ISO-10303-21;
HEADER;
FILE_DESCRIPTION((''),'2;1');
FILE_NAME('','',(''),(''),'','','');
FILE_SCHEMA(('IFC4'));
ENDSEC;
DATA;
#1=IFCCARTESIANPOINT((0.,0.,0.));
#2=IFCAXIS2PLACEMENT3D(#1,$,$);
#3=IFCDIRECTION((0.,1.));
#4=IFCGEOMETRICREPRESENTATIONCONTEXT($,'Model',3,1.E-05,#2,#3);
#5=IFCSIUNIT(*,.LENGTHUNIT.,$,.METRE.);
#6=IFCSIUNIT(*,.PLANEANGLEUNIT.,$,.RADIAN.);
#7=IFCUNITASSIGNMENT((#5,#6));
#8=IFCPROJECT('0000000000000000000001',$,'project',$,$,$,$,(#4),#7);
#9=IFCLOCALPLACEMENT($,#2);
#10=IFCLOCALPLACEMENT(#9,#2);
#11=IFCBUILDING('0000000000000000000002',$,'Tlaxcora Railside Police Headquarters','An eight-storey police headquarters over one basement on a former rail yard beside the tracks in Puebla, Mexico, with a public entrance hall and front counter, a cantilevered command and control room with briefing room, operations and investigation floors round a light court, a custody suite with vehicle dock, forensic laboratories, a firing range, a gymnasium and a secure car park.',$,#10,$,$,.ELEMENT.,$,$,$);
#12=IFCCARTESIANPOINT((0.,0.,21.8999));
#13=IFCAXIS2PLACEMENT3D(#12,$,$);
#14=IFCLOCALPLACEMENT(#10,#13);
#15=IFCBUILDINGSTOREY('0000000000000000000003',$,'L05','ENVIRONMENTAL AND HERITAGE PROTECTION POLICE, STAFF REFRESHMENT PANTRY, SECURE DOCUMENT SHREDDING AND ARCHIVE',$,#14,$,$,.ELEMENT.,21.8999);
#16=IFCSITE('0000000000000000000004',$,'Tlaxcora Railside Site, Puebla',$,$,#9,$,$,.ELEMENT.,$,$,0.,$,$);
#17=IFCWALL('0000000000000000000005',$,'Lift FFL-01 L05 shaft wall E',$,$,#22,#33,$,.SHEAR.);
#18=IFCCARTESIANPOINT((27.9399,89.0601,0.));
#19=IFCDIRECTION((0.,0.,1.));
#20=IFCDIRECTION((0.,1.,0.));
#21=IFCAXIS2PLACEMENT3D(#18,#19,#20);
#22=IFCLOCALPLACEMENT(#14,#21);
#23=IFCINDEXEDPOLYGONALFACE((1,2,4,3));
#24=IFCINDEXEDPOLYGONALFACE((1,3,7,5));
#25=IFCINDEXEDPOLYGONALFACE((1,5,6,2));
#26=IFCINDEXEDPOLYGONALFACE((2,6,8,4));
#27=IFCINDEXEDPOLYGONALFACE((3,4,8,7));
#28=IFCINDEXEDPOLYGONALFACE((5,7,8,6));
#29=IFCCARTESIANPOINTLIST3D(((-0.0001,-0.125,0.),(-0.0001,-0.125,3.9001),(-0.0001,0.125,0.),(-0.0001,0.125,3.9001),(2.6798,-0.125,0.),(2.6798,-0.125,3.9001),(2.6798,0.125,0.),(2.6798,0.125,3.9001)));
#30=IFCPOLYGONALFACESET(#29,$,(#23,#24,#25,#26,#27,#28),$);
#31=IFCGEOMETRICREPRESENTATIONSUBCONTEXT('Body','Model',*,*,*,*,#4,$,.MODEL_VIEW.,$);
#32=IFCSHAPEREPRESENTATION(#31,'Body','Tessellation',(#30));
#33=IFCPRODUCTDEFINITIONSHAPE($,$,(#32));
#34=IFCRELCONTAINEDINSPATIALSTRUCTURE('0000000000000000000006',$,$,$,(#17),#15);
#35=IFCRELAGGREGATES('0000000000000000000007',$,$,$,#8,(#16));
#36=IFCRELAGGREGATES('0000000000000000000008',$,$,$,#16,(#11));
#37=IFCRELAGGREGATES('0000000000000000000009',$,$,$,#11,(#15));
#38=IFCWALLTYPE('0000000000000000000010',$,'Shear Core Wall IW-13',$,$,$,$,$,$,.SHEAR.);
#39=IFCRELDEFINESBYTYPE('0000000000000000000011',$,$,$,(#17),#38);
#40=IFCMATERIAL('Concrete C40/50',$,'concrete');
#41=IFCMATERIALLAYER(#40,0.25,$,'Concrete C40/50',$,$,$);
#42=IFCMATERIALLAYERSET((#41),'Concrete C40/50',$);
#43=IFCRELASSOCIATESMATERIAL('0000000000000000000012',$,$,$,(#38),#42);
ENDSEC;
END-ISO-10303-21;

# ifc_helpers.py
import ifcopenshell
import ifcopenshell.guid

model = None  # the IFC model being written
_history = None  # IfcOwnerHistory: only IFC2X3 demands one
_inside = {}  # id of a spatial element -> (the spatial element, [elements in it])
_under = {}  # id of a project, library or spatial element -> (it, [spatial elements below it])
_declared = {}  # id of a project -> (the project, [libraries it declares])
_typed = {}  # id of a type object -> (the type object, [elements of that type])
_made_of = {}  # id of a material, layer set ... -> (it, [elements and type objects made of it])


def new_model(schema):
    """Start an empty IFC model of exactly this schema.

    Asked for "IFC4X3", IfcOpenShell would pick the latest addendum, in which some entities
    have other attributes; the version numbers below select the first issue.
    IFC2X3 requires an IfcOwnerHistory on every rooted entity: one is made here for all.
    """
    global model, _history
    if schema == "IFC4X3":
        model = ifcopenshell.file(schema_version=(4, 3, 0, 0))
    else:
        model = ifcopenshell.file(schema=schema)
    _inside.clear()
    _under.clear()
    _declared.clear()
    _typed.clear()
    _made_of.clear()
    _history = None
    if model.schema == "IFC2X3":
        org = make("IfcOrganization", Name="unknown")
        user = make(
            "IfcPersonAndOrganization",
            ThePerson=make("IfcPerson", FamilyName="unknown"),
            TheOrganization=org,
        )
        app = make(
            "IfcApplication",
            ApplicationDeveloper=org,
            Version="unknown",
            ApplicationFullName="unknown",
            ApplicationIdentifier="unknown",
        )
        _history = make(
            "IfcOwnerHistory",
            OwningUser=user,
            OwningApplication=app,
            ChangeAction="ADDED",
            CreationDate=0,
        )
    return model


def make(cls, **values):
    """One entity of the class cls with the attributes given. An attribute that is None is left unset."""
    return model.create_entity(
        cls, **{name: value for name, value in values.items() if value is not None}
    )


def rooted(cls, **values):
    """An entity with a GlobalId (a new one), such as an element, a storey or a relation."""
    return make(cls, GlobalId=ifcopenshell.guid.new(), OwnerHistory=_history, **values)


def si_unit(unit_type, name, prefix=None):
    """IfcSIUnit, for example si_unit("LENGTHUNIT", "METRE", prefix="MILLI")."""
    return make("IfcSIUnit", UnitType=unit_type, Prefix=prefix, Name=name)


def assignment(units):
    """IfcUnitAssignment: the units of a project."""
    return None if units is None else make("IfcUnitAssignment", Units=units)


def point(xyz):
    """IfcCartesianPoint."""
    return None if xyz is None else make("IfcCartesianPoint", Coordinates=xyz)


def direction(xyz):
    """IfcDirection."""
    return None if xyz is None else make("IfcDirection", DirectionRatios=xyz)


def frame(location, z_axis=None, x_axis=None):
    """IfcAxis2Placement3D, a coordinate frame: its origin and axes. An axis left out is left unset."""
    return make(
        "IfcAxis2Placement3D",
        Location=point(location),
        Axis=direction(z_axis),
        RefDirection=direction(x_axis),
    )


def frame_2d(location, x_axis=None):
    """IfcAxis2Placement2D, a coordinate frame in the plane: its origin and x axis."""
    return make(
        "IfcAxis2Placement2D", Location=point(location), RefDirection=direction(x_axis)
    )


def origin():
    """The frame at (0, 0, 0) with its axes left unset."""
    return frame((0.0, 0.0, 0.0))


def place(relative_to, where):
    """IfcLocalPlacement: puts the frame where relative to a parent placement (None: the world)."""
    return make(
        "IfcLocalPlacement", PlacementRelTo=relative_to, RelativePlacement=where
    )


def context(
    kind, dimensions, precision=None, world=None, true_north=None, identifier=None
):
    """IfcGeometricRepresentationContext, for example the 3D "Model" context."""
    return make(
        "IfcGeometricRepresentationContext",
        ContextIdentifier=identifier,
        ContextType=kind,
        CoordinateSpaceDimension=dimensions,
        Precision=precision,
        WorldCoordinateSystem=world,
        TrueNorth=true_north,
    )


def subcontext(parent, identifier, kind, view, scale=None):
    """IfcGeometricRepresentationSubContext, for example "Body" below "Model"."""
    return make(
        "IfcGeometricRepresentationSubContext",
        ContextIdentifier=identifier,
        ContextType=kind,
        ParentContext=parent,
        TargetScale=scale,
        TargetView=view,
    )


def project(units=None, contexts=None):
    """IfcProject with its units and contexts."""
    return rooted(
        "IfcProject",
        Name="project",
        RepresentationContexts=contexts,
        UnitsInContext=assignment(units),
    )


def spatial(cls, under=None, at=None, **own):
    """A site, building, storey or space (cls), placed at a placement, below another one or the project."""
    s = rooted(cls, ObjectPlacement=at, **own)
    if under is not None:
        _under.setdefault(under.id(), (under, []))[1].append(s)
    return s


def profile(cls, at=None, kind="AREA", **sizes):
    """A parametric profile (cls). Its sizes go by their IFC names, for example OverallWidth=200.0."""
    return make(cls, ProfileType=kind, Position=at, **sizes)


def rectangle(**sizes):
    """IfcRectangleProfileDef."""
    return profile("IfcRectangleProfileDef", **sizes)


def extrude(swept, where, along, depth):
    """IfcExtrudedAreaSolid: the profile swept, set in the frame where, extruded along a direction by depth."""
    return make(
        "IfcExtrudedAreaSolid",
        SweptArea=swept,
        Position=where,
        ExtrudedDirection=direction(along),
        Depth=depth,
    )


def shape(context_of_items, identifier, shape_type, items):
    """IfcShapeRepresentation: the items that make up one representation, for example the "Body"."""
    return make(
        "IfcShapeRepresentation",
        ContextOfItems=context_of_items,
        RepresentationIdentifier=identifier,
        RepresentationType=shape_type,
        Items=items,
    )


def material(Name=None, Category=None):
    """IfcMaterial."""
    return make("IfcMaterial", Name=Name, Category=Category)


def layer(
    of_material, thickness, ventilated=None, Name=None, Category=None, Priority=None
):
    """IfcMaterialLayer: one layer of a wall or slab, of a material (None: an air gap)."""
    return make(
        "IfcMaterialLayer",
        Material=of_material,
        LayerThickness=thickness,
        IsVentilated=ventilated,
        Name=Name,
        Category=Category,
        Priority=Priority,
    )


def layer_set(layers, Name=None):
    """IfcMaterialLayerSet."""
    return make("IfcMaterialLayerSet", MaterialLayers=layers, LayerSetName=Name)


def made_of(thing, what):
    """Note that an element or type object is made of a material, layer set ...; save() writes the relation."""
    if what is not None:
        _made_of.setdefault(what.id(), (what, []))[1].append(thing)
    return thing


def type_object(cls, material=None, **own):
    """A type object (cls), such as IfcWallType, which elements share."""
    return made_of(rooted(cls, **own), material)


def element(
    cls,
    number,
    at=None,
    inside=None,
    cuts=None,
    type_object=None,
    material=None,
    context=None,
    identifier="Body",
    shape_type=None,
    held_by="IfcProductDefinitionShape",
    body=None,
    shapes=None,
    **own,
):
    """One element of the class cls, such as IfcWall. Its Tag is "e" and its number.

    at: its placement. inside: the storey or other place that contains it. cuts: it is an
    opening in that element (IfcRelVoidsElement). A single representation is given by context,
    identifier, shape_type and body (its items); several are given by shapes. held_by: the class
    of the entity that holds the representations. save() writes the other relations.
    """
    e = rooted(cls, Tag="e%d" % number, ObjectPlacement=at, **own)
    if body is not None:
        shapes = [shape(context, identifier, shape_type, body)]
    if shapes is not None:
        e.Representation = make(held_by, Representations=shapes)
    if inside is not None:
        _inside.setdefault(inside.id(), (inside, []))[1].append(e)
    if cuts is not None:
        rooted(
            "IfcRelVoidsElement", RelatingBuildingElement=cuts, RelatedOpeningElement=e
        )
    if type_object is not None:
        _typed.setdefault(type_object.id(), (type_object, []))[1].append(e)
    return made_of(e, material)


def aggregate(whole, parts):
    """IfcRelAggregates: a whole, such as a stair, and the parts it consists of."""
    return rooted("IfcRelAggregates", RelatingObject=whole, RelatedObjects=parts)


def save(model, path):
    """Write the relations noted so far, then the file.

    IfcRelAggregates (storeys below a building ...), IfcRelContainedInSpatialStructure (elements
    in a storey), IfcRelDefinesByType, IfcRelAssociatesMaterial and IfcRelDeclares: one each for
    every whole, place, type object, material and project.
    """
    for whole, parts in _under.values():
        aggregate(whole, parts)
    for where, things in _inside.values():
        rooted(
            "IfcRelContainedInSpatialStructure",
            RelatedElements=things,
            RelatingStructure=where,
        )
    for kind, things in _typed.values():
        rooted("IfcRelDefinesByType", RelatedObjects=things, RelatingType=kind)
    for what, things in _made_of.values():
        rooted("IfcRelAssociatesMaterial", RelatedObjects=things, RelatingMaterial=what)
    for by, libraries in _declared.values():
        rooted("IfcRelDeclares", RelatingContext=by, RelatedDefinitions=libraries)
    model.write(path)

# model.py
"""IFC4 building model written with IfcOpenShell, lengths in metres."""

from ifc_helpers import new_model, si_unit, direction, frame, frame_2d, origin, place, context, subcontext, project, spatial, rectangle, extrude, material, layer, layer_set, type_object, element, save


model = new_model("IFC4")

# Units and contexts
model_context = context("Model", 3, precision=1e-05, world=origin(), true_north=direction((0.0, 1.0)))
body_context = subcontext(model_context, "Body", "Model", "MODEL_VIEW")
ifc_project = project(units=[si_unit("LENGTHUNIT", "METRE"), si_unit("PLANEANGLEUNIT", "RADIAN")], contexts=[model_context])

# Site, building, storey
site_placement = place(None, origin())
site = spatial("IfcSite", under=ifc_project, at=site_placement, Name="Tlaxcora Railside Site, Puebla", CompositionType="ELEMENT", RefElevation=0.0)
building_placement = place(site_placement, origin())
building = spatial("IfcBuilding", under=site, at=building_placement, Name="Tlaxcora Railside Police Headquarters", Description="An eight-storey police headquarters over one basement on a former rail yard beside the tracks in Puebla, Mexico, with a public entrance hall and front counter, a cantilevered command and control room with briefing room, operations and investigation floors round a light court, a custody suite with vehicle dock, forensic laboratories, a firing range, a gymnasium and a secure car park.", CompositionType="ELEMENT")
storey_placement = place(building_placement, frame((0.0, 0.0, 21.8999)))
storey = spatial("IfcBuildingStorey", under=building, at=storey_placement, Name="L05", Description="ENVIRONMENTAL AND HERITAGE PROTECTION POLICE, STAFF REFRESHMENT PANTRY, SECURE DOCUMENT SHREDDING AND ARCHIVE", CompositionType="ELEMENT", Elevation=21.8999)

# Shared definitions
ifc_material_1 = material(Name="Concrete C40/50", Category="concrete")

# Wall
ifc_layer_1 = layer(ifc_material_1, 0.25, Name="Concrete C40/50")
ifc_layer_set_1 = layer_set([ifc_layer_1], Name="Concrete C40/50")
wall_type_1 = type_object("IfcWallType", Name="Shear Core Wall IW-13", PredefinedType="SHEAR", material=ifc_layer_set_1)
wall_1_placement = place(storey_placement, frame((27.9399, 89.0601, 0.0), z_axis=(0.0, 0.0, 1.0), x_axis=(0.0, 1.0, 0.0)))
element("IfcWall", 1, at=wall_1_placement, inside=storey, type_object=wall_type_1, Name="Lift FFL-01 L05 shaft wall E", PredefinedType="SHEAR", context=body_context, shape_type="SweptSolid", body=[
    extrude(rectangle(XDim=2.6799, YDim=0.25, at=frame_2d((1.3398, 0.0))), origin(), (0.0, 0.0, 1.0), 3.9001),
])

save(model, "model.ifc")
